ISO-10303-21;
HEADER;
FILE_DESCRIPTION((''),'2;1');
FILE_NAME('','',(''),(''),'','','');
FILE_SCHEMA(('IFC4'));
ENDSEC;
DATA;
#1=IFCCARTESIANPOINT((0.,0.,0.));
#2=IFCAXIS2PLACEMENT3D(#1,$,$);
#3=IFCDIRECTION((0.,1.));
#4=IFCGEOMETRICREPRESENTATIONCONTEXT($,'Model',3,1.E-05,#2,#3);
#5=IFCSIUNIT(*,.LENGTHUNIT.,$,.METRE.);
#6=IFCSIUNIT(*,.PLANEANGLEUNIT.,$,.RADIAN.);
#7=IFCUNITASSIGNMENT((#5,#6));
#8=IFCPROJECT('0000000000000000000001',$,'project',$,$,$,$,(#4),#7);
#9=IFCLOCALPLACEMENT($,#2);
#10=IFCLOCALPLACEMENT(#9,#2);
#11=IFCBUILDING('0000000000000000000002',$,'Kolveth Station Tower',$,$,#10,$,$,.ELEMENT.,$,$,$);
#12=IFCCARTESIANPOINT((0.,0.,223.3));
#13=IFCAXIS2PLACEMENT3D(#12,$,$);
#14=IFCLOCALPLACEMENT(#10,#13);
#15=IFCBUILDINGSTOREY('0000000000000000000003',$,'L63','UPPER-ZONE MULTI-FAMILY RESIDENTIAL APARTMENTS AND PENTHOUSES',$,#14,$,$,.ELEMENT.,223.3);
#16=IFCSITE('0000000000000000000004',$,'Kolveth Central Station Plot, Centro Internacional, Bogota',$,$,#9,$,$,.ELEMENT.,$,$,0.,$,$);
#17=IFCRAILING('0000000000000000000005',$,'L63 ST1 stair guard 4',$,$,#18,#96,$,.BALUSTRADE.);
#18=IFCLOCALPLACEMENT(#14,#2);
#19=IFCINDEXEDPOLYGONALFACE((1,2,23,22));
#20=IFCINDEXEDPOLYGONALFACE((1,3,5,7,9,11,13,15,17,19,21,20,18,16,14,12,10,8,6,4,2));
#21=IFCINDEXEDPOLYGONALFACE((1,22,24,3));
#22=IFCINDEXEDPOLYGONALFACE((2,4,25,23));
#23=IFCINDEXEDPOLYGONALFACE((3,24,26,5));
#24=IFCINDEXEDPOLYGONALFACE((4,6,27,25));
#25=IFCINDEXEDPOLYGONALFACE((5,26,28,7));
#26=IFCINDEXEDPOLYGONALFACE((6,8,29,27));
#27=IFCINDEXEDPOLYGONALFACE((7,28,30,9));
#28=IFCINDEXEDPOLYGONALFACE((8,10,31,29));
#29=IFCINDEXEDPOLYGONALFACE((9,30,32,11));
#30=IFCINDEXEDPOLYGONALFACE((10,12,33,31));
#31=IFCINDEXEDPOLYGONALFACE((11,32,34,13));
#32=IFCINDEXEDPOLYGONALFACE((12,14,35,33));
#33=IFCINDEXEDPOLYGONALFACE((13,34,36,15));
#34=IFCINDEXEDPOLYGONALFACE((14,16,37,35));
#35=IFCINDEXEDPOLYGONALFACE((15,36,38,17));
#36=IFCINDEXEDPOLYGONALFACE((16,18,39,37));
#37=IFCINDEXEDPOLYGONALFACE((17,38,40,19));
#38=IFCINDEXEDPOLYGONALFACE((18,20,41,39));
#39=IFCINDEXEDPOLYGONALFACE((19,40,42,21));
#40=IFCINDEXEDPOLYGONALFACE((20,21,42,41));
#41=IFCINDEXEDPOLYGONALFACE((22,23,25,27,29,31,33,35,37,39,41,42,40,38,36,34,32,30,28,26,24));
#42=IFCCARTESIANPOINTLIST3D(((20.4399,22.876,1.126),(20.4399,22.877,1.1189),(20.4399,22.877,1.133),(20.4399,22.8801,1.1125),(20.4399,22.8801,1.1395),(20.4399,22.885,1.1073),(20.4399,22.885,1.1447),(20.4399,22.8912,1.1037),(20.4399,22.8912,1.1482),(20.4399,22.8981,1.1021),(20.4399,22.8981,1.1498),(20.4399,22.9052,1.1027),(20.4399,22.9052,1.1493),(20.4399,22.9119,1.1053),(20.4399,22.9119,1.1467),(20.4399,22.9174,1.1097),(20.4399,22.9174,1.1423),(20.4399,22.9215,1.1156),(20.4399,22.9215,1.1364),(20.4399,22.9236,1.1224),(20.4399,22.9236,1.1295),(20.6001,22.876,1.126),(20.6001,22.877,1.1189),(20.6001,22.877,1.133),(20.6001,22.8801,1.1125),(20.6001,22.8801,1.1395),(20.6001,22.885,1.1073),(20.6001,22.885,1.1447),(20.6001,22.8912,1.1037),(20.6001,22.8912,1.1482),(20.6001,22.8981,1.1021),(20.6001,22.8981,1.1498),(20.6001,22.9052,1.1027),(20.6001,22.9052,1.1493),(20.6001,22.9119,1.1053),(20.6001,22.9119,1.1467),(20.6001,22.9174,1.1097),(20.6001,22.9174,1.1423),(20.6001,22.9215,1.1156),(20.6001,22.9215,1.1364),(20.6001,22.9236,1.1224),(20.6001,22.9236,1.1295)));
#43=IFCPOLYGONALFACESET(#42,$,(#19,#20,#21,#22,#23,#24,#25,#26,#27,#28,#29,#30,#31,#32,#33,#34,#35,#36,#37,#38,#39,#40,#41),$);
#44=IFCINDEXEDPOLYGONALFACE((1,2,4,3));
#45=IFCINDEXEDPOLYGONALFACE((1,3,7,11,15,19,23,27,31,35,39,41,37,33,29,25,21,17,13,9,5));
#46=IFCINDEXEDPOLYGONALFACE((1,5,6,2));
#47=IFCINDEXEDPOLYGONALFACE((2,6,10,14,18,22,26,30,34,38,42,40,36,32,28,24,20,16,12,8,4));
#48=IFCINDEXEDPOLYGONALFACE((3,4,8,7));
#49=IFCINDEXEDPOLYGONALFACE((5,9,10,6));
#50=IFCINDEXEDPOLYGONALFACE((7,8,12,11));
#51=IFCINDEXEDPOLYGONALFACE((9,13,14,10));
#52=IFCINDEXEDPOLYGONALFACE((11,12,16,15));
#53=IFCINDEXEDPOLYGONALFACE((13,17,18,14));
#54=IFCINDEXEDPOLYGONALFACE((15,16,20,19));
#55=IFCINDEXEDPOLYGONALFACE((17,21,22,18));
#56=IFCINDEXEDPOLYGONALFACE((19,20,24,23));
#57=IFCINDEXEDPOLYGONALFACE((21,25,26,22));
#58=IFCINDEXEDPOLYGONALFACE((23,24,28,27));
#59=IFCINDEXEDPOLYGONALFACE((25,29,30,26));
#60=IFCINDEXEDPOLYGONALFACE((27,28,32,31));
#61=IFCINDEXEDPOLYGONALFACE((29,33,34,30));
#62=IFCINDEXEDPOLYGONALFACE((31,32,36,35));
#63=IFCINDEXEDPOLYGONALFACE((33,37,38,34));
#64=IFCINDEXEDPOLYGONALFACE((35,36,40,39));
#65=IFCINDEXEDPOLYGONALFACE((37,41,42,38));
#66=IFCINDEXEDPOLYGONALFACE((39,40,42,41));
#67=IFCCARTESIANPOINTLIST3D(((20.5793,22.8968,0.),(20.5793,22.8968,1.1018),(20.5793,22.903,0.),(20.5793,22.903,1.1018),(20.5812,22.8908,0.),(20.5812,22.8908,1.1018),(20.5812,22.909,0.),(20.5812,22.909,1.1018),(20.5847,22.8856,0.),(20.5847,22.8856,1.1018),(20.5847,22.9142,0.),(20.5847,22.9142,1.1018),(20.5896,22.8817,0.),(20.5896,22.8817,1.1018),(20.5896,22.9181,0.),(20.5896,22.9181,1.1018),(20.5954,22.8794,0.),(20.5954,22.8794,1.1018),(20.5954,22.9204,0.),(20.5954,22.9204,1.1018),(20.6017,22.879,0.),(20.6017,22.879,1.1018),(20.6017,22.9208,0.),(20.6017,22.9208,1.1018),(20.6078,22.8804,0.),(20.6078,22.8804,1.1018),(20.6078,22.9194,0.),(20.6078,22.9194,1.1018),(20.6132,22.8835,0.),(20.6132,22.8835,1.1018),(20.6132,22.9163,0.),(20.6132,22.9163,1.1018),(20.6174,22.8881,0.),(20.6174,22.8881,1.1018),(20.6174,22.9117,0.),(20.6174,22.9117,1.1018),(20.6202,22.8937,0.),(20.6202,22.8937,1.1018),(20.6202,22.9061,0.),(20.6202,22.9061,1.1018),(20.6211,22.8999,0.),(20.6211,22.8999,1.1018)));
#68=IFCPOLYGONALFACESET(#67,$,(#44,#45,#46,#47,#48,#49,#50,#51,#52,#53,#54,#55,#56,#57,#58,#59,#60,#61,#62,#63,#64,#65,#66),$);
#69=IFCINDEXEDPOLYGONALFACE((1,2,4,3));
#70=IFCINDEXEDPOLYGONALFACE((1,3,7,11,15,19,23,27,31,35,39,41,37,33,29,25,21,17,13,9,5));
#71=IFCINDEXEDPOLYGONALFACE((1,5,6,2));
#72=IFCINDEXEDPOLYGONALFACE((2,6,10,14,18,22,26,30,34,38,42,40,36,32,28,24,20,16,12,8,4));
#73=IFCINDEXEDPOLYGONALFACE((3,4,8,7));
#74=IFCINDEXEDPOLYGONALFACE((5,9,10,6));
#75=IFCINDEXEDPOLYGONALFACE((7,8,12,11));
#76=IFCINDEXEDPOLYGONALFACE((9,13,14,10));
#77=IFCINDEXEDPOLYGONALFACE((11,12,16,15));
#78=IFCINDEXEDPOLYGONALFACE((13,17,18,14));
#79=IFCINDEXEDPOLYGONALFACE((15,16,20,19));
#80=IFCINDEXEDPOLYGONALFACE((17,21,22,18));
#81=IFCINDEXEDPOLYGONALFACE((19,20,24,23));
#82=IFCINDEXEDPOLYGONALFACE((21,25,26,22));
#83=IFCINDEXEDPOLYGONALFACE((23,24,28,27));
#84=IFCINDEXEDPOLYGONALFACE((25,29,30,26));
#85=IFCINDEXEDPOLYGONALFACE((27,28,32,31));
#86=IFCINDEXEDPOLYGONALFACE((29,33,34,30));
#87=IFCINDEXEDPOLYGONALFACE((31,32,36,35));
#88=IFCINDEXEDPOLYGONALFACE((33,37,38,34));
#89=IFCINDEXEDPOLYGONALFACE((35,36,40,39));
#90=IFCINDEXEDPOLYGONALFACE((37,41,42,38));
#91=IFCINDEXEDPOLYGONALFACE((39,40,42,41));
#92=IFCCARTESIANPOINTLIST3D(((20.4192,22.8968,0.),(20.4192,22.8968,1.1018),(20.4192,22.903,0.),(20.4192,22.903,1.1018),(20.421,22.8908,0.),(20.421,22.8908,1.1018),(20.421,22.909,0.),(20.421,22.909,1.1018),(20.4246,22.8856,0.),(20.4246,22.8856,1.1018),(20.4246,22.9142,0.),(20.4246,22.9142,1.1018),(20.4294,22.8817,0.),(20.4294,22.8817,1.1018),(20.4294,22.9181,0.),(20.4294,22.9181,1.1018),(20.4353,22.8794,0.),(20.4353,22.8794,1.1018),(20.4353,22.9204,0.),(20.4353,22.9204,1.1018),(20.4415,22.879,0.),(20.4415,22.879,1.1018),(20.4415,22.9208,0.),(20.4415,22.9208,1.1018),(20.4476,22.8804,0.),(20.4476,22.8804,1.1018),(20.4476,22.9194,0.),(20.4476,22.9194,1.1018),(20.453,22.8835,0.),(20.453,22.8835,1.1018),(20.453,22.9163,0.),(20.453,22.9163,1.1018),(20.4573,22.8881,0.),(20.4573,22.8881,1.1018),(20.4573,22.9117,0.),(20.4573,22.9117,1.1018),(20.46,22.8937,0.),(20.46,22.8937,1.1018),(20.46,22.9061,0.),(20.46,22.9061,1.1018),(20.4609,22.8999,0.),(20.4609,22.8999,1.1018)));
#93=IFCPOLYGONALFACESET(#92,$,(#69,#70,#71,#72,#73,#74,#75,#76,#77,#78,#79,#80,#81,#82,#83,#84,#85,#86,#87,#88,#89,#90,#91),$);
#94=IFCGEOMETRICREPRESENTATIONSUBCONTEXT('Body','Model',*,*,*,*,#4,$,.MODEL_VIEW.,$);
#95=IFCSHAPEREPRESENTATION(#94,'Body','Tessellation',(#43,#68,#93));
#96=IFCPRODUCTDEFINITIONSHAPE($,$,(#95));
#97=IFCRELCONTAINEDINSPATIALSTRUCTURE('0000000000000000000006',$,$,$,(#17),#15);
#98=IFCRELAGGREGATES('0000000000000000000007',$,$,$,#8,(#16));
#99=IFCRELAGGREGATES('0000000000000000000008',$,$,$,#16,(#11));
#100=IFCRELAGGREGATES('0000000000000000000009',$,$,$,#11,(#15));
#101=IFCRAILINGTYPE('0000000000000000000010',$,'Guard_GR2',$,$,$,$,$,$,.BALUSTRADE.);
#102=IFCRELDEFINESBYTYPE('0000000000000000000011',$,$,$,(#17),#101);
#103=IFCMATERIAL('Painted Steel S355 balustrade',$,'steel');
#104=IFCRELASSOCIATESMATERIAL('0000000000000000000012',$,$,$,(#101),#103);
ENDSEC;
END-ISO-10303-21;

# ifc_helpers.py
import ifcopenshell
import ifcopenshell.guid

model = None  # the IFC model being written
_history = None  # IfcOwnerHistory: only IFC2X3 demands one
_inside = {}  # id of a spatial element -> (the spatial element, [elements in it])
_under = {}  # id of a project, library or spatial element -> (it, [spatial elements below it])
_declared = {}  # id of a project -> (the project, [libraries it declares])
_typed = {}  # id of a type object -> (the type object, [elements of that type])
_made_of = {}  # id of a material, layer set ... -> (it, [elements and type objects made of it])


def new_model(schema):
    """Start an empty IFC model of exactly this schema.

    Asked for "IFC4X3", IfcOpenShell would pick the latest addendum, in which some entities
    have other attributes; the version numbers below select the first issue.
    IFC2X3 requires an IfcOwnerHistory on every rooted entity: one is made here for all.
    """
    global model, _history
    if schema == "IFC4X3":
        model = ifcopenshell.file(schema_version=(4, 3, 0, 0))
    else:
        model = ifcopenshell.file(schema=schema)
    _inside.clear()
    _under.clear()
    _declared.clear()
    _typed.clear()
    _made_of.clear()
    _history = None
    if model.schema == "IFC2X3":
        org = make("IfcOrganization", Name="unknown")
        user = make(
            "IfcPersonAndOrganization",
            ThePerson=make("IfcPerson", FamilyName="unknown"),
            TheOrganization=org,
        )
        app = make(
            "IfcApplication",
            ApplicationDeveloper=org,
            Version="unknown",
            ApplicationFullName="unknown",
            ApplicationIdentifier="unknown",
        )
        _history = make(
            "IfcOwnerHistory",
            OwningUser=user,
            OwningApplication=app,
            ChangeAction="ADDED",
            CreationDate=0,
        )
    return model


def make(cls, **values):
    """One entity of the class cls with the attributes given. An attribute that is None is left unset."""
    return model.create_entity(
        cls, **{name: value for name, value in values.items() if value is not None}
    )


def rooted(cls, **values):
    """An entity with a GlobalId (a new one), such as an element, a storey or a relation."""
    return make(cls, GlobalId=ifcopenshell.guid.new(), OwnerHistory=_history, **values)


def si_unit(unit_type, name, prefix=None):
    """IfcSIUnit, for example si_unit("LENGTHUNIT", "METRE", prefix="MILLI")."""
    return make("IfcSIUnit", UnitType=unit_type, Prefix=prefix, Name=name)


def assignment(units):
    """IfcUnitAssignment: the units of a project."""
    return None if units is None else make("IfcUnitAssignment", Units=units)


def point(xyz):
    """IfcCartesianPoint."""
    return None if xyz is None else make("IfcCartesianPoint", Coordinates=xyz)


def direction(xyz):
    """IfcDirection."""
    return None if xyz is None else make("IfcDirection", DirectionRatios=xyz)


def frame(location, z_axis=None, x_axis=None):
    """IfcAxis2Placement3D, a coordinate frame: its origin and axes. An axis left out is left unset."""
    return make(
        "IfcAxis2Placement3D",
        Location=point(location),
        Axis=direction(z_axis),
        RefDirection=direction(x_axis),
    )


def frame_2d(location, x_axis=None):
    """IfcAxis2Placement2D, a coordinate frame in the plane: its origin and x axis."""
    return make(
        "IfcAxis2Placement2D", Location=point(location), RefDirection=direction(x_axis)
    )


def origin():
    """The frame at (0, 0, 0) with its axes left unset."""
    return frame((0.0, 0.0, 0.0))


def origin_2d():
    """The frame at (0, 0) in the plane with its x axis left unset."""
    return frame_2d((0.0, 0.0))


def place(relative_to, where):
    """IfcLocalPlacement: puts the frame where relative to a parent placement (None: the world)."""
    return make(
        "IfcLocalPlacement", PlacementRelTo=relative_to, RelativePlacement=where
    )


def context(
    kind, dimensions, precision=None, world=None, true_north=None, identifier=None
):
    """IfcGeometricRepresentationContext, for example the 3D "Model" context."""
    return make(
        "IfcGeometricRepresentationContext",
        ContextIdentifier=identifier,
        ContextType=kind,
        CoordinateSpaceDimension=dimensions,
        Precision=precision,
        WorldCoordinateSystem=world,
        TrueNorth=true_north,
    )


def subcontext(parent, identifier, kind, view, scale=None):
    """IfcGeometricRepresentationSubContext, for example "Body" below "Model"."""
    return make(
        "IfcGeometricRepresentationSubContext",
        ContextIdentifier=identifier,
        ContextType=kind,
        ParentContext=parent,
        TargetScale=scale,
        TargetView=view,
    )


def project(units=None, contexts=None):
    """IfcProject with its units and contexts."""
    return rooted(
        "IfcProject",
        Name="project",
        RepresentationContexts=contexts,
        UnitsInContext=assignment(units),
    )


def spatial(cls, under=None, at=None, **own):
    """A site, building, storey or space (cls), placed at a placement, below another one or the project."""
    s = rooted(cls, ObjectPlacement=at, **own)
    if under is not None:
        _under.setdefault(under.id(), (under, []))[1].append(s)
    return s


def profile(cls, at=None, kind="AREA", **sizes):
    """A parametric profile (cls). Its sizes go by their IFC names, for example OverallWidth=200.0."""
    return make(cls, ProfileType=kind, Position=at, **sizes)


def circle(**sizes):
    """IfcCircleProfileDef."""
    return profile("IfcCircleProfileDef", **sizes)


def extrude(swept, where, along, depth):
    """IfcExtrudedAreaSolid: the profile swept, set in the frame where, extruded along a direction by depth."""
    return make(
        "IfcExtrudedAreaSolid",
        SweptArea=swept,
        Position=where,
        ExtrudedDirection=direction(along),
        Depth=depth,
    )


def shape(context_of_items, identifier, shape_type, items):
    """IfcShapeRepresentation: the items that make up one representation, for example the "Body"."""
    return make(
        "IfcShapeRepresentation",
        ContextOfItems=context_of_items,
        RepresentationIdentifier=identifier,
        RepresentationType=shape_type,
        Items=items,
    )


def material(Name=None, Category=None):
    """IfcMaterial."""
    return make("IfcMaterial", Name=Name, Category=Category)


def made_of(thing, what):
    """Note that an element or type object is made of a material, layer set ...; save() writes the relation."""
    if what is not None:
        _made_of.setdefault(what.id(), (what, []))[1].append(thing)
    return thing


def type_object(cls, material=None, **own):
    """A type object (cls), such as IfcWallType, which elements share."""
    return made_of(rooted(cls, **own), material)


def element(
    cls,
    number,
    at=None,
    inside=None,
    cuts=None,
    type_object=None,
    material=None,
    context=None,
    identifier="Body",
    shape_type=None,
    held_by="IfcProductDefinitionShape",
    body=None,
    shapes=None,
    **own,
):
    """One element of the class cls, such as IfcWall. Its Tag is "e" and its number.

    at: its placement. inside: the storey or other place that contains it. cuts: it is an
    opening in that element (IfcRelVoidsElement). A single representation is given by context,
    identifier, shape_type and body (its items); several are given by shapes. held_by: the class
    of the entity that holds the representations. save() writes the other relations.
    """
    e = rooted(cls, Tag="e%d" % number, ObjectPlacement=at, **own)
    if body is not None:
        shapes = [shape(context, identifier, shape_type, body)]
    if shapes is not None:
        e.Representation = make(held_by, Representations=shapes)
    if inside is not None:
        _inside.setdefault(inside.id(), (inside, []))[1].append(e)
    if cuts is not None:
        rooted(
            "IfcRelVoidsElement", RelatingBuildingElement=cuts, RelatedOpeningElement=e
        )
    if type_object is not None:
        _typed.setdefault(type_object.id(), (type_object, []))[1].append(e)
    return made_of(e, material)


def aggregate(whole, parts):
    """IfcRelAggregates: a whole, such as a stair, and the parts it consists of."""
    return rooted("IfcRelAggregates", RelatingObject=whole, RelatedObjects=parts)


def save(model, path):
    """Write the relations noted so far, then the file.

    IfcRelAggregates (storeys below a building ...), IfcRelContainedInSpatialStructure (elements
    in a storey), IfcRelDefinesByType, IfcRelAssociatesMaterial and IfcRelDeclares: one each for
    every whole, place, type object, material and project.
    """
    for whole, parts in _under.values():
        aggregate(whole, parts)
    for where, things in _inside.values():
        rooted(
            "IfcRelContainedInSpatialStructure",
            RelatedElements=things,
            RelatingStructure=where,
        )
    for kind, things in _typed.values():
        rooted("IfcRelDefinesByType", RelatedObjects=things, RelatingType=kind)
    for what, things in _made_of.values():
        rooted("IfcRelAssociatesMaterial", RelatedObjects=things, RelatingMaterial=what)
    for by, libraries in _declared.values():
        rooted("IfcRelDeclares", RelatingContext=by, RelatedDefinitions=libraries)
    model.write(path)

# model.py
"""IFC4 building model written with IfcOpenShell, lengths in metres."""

from ifc_helpers import new_model, si_unit, direction, frame, origin, origin_2d, place, context, subcontext, project, spatial, circle, extrude, material, type_object, element, save


model = new_model("IFC4")

# Units and contexts
model_context = context("Model", 3, precision=1e-05, world=origin(), true_north=direction((0.0, 1.0)))
body_context = subcontext(model_context, "Body", "Model", "MODEL_VIEW")
ifc_project = project(units=[si_unit("LENGTHUNIT", "METRE"), si_unit("PLANEANGLEUNIT", "RADIAN")], contexts=[model_context])

# Site, building, storey
site_placement = place(None, origin())
site = spatial("IfcSite", under=ifc_project, at=site_placement, Name="Kolveth Central Station Plot, Centro Internacional, Bogota", CompositionType="ELEMENT", RefElevation=0.0)
building_placement = place(site_placement, origin())
building = spatial("IfcBuilding", under=site, at=building_placement, Name="Kolveth Station Tower", CompositionType="ELEMENT")
storey_placement = place(building_placement, frame((0.0, 0.0, 223.3)))
storey = spatial("IfcBuildingStorey", under=building, at=storey_placement, Name="L63", Description="UPPER-ZONE MULTI-FAMILY RESIDENTIAL APARTMENTS AND PENTHOUSES", CompositionType="ELEMENT", Elevation=223.3)

# Railing
ifc_material_1 = material(Name="Painted Steel S355 balustrade", Category="steel")
railing_type_1 = type_object("IfcRailingType", Name="Guard_GR2", PredefinedType="BALUSTRADE", material=ifc_material_1)
railing_1_placement = place(storey_placement, frame((20.6001, 22.8999, 0.0)))
element("IfcRailing", 1, at=railing_1_placement, inside=storey, type_object=railing_type_1, Name="L63 ST1 stair guard 4", PredefinedType="BALUSTRADE", context=body_context, shape_type="SweptSolid", body=[
    extrude(circle(Radius=0.0239, at=origin_2d()), frame((0.0, 0.0, 1.126), z_axis=(-1.0, 0.0, 0.0), x_axis=(0.0, -1.0, 0.0)), (0.0, 0.0, 1.0), 0.1602),
    extrude(circle(Radius=0.021, at=origin_2d()), origin(), (0.0, 0.0, 1.0), 1.1018),
    extrude(circle(Radius=0.021, at=origin_2d()), frame((-0.1602, 0.0, 0.0)), (0.0, 0.0, 1.0), 1.1018),
])

save(model, "model.ifc")
